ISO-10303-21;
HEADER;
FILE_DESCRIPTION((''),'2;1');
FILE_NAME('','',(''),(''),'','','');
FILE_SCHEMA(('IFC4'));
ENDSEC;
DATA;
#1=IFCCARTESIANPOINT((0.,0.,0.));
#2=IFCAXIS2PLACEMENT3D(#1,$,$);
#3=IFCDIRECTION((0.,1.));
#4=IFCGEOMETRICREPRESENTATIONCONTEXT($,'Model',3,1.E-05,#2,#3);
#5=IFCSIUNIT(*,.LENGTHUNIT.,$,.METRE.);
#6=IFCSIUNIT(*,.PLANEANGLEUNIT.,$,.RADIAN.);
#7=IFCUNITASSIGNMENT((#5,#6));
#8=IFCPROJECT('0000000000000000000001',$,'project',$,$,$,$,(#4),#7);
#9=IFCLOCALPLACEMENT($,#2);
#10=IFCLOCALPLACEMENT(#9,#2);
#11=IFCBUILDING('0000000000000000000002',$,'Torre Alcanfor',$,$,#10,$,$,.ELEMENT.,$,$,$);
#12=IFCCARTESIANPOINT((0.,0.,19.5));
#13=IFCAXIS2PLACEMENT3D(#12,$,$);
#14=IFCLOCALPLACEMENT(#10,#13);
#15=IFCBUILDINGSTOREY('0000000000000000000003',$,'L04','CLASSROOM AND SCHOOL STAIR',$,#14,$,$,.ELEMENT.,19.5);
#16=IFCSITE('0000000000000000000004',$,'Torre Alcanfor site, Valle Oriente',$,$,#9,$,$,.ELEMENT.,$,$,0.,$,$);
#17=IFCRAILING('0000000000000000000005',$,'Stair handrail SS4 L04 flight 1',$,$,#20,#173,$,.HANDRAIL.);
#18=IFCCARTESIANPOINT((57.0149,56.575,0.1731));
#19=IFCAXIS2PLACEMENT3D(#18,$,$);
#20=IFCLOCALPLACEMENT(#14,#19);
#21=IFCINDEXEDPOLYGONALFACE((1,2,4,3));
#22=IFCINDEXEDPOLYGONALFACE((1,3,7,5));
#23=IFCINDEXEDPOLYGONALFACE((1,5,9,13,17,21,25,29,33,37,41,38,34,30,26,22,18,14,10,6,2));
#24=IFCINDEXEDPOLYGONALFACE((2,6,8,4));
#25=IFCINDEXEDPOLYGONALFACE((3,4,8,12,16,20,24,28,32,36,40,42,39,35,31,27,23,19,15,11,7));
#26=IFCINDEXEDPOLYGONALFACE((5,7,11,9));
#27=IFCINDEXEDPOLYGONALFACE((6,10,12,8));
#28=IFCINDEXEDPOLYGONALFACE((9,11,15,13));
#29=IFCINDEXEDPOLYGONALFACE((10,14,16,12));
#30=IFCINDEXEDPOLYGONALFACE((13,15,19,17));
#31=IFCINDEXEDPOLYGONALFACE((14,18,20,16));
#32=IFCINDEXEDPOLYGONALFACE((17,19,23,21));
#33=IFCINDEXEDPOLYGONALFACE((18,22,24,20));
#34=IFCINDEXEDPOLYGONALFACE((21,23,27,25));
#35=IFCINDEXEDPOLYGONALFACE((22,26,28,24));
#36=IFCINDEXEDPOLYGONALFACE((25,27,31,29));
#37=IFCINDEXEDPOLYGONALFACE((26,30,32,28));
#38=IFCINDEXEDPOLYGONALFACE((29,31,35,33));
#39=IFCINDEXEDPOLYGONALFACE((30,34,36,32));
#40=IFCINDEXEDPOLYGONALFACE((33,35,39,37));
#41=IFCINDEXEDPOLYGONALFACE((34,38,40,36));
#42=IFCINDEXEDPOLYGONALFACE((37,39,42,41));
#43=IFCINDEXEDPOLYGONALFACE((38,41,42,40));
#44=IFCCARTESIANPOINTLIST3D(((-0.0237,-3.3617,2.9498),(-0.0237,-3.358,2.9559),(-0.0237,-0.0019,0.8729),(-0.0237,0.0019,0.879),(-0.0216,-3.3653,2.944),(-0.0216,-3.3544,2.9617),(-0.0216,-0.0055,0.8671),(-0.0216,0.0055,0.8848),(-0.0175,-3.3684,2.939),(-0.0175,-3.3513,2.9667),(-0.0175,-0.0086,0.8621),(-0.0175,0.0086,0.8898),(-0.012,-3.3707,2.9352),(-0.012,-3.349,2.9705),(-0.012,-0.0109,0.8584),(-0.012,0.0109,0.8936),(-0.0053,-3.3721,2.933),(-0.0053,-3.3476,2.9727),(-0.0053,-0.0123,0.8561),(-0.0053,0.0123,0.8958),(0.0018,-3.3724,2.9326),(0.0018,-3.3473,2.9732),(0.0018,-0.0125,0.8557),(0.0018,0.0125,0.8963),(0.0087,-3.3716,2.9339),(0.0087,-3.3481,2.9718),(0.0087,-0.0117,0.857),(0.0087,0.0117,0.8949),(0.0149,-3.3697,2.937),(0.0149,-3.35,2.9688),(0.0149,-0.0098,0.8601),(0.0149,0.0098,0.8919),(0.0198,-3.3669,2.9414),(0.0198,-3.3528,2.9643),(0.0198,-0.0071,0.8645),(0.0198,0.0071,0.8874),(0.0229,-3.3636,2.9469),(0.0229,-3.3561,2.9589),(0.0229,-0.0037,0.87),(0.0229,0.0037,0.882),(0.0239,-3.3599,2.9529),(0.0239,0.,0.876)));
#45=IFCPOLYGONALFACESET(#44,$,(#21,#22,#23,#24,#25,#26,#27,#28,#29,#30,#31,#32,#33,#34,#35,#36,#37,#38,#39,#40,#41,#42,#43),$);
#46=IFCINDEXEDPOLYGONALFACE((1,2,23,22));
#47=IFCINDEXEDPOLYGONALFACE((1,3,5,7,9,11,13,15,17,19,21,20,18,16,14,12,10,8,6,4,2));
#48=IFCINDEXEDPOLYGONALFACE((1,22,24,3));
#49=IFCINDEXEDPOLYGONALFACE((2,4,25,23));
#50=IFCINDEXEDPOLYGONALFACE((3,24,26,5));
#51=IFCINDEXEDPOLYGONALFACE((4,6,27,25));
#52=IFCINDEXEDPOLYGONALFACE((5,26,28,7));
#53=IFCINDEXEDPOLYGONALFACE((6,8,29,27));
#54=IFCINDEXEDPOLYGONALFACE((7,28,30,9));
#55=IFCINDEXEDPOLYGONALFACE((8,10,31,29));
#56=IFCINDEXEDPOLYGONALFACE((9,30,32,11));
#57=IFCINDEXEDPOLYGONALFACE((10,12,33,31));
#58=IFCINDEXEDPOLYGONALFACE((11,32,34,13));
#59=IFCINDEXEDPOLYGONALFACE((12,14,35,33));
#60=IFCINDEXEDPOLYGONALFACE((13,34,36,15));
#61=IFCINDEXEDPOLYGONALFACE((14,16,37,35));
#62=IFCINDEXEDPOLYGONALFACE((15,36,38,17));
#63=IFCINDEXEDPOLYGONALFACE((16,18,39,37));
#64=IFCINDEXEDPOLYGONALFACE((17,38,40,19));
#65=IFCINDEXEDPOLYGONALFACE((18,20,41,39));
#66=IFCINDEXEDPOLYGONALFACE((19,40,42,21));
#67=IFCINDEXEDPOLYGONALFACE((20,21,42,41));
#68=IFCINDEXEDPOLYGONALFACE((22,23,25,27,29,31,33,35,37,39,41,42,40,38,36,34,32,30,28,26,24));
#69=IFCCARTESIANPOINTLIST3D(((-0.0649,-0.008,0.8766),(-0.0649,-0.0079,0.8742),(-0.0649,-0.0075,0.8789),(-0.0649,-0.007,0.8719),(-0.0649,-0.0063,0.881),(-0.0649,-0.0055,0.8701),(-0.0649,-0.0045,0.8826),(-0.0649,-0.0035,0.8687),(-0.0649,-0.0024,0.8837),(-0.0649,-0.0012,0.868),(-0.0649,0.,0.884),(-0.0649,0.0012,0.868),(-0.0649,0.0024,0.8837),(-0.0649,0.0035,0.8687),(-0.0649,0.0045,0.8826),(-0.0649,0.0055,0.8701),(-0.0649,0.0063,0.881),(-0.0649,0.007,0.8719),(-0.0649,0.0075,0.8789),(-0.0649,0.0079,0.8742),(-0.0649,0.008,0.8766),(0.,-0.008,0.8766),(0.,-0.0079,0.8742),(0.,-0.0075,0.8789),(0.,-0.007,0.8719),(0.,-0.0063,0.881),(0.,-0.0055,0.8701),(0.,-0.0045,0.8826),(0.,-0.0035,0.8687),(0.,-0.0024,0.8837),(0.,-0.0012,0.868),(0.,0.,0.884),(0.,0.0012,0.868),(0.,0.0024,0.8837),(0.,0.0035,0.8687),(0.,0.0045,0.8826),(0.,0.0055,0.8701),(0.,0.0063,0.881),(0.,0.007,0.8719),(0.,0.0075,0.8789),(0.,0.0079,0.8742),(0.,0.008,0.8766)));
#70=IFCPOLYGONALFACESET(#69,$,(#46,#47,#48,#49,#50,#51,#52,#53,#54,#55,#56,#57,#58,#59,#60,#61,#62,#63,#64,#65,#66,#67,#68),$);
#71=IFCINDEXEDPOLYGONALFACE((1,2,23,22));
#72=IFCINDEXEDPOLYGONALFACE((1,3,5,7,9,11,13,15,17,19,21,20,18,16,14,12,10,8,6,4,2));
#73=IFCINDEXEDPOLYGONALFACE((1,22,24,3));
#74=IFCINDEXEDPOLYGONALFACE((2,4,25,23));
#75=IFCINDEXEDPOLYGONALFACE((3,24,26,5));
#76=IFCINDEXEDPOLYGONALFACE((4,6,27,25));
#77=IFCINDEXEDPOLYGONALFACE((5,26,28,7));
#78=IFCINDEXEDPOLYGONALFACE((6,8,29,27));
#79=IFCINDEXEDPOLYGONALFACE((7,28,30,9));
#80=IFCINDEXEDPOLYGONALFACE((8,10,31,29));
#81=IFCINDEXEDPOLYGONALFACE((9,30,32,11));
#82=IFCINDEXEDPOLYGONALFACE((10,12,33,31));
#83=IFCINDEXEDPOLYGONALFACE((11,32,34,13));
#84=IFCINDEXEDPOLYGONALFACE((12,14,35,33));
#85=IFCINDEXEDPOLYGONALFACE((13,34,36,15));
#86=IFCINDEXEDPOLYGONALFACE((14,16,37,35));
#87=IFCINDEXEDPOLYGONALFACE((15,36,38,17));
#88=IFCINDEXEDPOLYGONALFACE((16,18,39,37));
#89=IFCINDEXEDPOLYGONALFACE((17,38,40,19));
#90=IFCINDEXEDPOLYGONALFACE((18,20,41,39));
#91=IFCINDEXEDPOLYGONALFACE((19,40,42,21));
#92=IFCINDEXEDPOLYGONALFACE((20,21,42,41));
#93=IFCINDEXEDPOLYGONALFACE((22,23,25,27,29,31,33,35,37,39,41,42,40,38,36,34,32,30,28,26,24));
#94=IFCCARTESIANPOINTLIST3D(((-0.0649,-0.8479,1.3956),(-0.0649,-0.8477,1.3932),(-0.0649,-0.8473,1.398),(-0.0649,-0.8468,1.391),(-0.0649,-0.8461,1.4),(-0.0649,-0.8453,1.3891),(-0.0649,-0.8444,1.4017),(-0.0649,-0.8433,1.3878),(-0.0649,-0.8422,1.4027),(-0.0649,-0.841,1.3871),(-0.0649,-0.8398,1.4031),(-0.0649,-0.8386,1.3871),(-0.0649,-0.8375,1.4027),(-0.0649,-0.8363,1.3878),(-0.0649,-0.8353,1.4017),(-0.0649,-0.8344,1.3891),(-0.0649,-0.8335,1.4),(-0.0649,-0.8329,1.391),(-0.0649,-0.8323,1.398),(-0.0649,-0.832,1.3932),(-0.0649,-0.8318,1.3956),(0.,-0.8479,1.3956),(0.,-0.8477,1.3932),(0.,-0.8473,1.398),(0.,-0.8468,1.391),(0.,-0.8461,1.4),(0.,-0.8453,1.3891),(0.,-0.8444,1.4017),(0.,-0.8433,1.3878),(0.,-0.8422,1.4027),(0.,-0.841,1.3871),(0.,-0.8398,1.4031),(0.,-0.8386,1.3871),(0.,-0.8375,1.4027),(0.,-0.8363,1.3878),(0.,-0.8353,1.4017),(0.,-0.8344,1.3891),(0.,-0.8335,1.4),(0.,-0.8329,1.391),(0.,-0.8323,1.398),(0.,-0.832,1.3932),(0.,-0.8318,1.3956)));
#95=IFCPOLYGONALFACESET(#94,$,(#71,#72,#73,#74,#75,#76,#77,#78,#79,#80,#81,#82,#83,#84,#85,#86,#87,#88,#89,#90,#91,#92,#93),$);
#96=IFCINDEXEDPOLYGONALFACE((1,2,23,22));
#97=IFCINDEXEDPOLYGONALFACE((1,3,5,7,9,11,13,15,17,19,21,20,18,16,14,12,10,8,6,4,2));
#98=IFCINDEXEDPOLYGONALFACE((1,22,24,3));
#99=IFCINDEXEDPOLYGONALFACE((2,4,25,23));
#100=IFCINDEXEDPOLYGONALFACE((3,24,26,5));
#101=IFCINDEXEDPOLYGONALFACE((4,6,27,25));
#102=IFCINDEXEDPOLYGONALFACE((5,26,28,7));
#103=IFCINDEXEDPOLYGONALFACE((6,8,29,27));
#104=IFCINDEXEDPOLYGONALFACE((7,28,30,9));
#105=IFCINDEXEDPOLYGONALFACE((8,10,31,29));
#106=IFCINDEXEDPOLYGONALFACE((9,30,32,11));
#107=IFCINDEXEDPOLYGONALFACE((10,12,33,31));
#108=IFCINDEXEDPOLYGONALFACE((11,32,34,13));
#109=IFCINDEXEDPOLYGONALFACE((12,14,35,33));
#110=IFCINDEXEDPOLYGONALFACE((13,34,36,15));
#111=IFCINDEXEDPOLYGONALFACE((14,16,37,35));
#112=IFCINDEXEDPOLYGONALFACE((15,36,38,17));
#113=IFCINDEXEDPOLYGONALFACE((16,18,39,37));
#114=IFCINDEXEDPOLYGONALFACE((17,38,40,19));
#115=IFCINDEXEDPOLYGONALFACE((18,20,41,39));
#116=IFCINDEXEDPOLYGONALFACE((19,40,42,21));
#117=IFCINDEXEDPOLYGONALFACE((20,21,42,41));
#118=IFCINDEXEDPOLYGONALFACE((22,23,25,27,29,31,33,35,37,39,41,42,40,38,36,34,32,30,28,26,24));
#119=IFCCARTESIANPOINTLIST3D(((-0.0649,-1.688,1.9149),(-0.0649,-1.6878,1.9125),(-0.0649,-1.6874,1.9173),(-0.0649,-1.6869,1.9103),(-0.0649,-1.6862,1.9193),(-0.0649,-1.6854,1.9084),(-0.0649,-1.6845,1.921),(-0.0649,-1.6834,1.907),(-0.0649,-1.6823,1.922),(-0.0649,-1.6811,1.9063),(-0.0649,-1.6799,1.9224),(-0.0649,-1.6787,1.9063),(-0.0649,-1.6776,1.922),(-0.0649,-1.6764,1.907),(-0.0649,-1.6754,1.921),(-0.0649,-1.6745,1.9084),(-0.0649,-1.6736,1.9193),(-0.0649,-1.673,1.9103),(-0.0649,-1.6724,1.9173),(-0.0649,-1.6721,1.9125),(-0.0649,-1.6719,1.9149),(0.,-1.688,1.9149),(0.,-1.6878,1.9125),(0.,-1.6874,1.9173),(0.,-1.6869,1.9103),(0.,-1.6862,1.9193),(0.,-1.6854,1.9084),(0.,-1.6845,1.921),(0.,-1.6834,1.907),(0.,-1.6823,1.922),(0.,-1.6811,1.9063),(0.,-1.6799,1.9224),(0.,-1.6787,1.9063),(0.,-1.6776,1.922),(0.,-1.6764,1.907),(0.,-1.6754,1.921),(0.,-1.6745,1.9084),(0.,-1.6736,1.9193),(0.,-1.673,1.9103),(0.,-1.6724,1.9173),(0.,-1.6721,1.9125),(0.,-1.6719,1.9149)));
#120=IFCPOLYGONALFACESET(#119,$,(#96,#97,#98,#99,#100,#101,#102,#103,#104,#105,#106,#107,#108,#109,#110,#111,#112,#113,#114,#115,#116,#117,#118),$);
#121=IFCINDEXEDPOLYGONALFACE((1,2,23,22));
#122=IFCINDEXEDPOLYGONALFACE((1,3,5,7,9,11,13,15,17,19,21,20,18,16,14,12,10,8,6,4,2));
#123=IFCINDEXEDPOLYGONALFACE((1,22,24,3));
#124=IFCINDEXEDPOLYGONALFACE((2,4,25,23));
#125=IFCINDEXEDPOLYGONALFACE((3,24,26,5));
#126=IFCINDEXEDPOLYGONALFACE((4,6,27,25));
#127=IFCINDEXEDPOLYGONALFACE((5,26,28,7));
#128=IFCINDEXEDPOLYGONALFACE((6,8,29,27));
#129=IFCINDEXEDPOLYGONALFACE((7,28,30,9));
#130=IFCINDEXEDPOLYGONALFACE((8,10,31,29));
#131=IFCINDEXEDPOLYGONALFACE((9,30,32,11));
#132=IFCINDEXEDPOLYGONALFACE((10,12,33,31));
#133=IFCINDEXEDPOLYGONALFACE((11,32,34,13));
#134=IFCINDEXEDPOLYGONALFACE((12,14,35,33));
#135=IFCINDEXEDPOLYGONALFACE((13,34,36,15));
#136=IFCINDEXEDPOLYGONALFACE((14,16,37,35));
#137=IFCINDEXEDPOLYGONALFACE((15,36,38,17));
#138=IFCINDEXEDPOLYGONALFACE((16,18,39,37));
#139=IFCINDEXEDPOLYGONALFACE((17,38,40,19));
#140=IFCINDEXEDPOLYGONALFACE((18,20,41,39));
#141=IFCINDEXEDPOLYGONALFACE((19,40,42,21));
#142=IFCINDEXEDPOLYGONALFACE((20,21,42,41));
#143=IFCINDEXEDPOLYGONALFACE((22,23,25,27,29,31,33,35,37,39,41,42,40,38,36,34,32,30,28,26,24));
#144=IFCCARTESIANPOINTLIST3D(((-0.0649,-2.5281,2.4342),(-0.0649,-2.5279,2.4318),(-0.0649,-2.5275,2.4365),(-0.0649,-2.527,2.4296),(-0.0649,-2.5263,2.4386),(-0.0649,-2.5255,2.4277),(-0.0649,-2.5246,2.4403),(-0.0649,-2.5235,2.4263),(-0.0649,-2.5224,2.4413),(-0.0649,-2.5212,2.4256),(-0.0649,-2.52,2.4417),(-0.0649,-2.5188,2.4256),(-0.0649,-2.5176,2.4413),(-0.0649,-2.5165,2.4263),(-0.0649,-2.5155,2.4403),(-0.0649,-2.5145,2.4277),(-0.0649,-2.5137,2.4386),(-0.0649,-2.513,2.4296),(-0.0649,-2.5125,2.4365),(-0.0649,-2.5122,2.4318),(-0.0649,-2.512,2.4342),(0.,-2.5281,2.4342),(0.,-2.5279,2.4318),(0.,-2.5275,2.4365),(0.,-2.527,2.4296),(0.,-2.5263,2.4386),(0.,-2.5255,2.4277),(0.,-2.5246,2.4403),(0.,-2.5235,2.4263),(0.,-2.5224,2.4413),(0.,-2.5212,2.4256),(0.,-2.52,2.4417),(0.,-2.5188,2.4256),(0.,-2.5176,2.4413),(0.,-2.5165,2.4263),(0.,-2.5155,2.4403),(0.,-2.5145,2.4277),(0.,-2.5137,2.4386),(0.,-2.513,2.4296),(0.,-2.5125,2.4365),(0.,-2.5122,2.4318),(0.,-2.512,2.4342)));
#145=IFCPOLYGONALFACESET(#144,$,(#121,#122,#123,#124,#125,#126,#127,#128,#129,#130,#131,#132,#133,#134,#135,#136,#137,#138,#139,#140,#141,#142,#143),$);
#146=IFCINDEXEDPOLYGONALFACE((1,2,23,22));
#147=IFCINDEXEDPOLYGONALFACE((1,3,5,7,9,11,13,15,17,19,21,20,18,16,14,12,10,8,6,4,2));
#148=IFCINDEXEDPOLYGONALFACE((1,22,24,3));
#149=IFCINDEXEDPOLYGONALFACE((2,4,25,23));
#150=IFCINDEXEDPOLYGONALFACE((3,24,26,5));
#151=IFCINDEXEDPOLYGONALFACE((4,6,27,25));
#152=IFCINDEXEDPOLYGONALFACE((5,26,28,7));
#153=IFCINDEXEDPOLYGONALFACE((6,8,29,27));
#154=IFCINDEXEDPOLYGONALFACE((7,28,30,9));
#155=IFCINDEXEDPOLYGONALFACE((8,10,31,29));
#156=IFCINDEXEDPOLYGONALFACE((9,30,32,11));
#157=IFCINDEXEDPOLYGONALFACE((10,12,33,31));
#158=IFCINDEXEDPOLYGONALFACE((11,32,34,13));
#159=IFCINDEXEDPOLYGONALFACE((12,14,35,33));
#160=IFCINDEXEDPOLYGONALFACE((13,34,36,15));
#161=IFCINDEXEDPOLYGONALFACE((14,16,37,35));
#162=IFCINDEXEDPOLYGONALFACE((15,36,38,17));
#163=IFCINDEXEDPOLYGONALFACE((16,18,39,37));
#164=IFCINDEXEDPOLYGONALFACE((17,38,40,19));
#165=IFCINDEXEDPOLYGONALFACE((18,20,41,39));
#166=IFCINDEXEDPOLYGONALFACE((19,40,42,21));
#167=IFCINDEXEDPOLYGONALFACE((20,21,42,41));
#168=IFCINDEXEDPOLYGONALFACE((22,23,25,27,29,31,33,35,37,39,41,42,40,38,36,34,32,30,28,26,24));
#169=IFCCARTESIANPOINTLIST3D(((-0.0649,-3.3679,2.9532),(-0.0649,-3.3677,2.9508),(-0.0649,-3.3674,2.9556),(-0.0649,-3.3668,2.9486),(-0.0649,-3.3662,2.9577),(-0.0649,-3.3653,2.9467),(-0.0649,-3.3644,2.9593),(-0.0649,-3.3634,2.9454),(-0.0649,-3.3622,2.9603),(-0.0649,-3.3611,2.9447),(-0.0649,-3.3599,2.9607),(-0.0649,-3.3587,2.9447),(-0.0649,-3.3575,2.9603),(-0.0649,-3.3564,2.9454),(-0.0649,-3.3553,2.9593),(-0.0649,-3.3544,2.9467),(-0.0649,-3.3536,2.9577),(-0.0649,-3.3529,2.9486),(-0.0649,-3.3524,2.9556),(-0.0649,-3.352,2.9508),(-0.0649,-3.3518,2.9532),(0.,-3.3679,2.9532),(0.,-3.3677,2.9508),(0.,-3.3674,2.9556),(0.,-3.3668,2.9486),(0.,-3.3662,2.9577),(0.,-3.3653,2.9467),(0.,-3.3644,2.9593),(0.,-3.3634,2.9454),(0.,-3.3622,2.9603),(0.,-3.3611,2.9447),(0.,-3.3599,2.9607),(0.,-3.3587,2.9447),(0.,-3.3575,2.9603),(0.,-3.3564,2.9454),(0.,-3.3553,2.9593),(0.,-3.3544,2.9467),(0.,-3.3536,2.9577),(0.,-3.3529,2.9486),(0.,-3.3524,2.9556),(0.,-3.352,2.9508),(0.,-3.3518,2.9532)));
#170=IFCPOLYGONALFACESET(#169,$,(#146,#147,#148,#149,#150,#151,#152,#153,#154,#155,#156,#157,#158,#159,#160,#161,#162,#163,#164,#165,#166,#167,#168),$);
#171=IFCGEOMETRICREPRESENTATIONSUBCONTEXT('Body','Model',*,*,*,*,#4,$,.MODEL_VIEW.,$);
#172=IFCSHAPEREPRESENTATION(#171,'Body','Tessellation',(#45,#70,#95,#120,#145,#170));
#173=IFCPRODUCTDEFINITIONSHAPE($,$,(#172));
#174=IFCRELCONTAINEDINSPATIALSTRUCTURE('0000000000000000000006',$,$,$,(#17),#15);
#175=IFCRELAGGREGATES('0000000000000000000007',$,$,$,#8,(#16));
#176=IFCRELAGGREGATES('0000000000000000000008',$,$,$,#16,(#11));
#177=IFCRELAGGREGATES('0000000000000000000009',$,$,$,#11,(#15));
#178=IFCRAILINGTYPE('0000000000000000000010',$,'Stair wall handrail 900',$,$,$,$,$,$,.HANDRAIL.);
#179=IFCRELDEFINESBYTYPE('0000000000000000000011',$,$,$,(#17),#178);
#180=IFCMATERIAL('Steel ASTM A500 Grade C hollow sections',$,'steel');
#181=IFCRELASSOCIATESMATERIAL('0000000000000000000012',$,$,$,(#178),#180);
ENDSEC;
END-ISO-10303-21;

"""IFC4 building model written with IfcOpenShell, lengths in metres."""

from ifc_helpers import new_model, si_unit, direction, frame, origin, origin_2d, place, context, subcontext, project, spatial, circle, extrude, material, type_object, element, save


model = new_model("IFC4")

# Units and contexts
model_context = context("Model", 3, precision=1e-05, world=origin(), true_north=direction((0.0, 1.0)))
body_context = subcontext(model_context, "Body", "Model", "MODEL_VIEW")
ifc_project = project(units=[si_unit("LENGTHUNIT", "METRE"), si_unit("PLANEANGLEUNIT", "RADIAN")], contexts=[model_context])

# Site, building, storey
site_placement = place(None, origin())
site = spatial("IfcSite", under=ifc_project, at=site_placement, Name="Torre Alcanfor site, Valle Oriente", CompositionType="ELEMENT", RefElevation=0.0)
building_placement = place(site_placement, origin())
building = spatial("IfcBuilding", under=site, at=building_placement, Name="Torre Alcanfor", CompositionType="ELEMENT")
storey_placement = place(building_placement, frame((0.0, 0.0, 19.5)))
storey = spatial("IfcBuildingStorey", under=building, at=storey_placement, Name="L04", Description="CLASSROOM AND SCHOOL STAIR", CompositionType="ELEMENT", Elevation=19.5)

# Railing
ifc_material_1 = material(Name="Steel ASTM A500 Grade C hollow sections", Category="steel")
railing_type_1 = type_object("IfcRailingType", Name="Stair wall handrail 900", PredefinedType="HANDRAIL", material=ifc_material_1)
railing_1_placement = place(storey_placement, frame((57.0149, 56.575, 0.1731)))
element("IfcRailing", 1, at=railing_1_placement, inside=storey, type_object=railing_type_1, Name="Stair handrail SS4 L04 flight 1", PredefinedType="HANDRAIL", context=body_context, shape_type="SweptSolid", body=[
    extrude(circle(Radius=0.0239, at=origin_2d()), frame((0.0, 0.0, 0.876), z_axis=(0.0, -0.850606, 0.525803), x_axis=(1.0, 0.0, 0.0)), (0.0, 0.0, 1.0), 3.95),
    extrude(circle(Radius=0.0081, at=origin_2d()), frame((0.0, 0.0, 0.876), z_axis=(-1.0, 0.0, 0.0), x_axis=(0.0, 0.0, 1.0)), (0.0, 0.0, 1.0), 0.0649),
    extrude(circle(Radius=0.0081, at=origin_2d()), frame((0.0, -0.8398, 1.395), z_axis=(-1.0, 0.0, 0.0), x_axis=(0.0, 0.0, 1.0)), (0.0, 0.0, 1.0), 0.0649),
    extrude(circle(Radius=0.0081, at=origin_2d()), frame((0.0, -1.6799, 1.9143), z_axis=(-1.0, 0.0, 0.0), x_axis=(0.0, 0.0, 1.0)), (0.0, 0.0, 1.0), 0.0649),
    extrude(circle(Radius=0.0081, at=origin_2d()), frame((0.0, -2.52, 2.4336), z_axis=(-1.0, 0.0, 0.0), x_axis=(0.0, 0.0, 1.0)), (0.0, 0.0, 1.0), 0.0649),
    extrude(circle(Radius=0.0081, at=origin_2d()), frame((0.0, -3.3599, 2.9526), z_axis=(-1.0, 0.0, 0.0), x_axis=(0.0, 0.0, 1.0)), (0.0, 0.0, 1.0), 0.0649),
])

save(model, "model.ifc")
